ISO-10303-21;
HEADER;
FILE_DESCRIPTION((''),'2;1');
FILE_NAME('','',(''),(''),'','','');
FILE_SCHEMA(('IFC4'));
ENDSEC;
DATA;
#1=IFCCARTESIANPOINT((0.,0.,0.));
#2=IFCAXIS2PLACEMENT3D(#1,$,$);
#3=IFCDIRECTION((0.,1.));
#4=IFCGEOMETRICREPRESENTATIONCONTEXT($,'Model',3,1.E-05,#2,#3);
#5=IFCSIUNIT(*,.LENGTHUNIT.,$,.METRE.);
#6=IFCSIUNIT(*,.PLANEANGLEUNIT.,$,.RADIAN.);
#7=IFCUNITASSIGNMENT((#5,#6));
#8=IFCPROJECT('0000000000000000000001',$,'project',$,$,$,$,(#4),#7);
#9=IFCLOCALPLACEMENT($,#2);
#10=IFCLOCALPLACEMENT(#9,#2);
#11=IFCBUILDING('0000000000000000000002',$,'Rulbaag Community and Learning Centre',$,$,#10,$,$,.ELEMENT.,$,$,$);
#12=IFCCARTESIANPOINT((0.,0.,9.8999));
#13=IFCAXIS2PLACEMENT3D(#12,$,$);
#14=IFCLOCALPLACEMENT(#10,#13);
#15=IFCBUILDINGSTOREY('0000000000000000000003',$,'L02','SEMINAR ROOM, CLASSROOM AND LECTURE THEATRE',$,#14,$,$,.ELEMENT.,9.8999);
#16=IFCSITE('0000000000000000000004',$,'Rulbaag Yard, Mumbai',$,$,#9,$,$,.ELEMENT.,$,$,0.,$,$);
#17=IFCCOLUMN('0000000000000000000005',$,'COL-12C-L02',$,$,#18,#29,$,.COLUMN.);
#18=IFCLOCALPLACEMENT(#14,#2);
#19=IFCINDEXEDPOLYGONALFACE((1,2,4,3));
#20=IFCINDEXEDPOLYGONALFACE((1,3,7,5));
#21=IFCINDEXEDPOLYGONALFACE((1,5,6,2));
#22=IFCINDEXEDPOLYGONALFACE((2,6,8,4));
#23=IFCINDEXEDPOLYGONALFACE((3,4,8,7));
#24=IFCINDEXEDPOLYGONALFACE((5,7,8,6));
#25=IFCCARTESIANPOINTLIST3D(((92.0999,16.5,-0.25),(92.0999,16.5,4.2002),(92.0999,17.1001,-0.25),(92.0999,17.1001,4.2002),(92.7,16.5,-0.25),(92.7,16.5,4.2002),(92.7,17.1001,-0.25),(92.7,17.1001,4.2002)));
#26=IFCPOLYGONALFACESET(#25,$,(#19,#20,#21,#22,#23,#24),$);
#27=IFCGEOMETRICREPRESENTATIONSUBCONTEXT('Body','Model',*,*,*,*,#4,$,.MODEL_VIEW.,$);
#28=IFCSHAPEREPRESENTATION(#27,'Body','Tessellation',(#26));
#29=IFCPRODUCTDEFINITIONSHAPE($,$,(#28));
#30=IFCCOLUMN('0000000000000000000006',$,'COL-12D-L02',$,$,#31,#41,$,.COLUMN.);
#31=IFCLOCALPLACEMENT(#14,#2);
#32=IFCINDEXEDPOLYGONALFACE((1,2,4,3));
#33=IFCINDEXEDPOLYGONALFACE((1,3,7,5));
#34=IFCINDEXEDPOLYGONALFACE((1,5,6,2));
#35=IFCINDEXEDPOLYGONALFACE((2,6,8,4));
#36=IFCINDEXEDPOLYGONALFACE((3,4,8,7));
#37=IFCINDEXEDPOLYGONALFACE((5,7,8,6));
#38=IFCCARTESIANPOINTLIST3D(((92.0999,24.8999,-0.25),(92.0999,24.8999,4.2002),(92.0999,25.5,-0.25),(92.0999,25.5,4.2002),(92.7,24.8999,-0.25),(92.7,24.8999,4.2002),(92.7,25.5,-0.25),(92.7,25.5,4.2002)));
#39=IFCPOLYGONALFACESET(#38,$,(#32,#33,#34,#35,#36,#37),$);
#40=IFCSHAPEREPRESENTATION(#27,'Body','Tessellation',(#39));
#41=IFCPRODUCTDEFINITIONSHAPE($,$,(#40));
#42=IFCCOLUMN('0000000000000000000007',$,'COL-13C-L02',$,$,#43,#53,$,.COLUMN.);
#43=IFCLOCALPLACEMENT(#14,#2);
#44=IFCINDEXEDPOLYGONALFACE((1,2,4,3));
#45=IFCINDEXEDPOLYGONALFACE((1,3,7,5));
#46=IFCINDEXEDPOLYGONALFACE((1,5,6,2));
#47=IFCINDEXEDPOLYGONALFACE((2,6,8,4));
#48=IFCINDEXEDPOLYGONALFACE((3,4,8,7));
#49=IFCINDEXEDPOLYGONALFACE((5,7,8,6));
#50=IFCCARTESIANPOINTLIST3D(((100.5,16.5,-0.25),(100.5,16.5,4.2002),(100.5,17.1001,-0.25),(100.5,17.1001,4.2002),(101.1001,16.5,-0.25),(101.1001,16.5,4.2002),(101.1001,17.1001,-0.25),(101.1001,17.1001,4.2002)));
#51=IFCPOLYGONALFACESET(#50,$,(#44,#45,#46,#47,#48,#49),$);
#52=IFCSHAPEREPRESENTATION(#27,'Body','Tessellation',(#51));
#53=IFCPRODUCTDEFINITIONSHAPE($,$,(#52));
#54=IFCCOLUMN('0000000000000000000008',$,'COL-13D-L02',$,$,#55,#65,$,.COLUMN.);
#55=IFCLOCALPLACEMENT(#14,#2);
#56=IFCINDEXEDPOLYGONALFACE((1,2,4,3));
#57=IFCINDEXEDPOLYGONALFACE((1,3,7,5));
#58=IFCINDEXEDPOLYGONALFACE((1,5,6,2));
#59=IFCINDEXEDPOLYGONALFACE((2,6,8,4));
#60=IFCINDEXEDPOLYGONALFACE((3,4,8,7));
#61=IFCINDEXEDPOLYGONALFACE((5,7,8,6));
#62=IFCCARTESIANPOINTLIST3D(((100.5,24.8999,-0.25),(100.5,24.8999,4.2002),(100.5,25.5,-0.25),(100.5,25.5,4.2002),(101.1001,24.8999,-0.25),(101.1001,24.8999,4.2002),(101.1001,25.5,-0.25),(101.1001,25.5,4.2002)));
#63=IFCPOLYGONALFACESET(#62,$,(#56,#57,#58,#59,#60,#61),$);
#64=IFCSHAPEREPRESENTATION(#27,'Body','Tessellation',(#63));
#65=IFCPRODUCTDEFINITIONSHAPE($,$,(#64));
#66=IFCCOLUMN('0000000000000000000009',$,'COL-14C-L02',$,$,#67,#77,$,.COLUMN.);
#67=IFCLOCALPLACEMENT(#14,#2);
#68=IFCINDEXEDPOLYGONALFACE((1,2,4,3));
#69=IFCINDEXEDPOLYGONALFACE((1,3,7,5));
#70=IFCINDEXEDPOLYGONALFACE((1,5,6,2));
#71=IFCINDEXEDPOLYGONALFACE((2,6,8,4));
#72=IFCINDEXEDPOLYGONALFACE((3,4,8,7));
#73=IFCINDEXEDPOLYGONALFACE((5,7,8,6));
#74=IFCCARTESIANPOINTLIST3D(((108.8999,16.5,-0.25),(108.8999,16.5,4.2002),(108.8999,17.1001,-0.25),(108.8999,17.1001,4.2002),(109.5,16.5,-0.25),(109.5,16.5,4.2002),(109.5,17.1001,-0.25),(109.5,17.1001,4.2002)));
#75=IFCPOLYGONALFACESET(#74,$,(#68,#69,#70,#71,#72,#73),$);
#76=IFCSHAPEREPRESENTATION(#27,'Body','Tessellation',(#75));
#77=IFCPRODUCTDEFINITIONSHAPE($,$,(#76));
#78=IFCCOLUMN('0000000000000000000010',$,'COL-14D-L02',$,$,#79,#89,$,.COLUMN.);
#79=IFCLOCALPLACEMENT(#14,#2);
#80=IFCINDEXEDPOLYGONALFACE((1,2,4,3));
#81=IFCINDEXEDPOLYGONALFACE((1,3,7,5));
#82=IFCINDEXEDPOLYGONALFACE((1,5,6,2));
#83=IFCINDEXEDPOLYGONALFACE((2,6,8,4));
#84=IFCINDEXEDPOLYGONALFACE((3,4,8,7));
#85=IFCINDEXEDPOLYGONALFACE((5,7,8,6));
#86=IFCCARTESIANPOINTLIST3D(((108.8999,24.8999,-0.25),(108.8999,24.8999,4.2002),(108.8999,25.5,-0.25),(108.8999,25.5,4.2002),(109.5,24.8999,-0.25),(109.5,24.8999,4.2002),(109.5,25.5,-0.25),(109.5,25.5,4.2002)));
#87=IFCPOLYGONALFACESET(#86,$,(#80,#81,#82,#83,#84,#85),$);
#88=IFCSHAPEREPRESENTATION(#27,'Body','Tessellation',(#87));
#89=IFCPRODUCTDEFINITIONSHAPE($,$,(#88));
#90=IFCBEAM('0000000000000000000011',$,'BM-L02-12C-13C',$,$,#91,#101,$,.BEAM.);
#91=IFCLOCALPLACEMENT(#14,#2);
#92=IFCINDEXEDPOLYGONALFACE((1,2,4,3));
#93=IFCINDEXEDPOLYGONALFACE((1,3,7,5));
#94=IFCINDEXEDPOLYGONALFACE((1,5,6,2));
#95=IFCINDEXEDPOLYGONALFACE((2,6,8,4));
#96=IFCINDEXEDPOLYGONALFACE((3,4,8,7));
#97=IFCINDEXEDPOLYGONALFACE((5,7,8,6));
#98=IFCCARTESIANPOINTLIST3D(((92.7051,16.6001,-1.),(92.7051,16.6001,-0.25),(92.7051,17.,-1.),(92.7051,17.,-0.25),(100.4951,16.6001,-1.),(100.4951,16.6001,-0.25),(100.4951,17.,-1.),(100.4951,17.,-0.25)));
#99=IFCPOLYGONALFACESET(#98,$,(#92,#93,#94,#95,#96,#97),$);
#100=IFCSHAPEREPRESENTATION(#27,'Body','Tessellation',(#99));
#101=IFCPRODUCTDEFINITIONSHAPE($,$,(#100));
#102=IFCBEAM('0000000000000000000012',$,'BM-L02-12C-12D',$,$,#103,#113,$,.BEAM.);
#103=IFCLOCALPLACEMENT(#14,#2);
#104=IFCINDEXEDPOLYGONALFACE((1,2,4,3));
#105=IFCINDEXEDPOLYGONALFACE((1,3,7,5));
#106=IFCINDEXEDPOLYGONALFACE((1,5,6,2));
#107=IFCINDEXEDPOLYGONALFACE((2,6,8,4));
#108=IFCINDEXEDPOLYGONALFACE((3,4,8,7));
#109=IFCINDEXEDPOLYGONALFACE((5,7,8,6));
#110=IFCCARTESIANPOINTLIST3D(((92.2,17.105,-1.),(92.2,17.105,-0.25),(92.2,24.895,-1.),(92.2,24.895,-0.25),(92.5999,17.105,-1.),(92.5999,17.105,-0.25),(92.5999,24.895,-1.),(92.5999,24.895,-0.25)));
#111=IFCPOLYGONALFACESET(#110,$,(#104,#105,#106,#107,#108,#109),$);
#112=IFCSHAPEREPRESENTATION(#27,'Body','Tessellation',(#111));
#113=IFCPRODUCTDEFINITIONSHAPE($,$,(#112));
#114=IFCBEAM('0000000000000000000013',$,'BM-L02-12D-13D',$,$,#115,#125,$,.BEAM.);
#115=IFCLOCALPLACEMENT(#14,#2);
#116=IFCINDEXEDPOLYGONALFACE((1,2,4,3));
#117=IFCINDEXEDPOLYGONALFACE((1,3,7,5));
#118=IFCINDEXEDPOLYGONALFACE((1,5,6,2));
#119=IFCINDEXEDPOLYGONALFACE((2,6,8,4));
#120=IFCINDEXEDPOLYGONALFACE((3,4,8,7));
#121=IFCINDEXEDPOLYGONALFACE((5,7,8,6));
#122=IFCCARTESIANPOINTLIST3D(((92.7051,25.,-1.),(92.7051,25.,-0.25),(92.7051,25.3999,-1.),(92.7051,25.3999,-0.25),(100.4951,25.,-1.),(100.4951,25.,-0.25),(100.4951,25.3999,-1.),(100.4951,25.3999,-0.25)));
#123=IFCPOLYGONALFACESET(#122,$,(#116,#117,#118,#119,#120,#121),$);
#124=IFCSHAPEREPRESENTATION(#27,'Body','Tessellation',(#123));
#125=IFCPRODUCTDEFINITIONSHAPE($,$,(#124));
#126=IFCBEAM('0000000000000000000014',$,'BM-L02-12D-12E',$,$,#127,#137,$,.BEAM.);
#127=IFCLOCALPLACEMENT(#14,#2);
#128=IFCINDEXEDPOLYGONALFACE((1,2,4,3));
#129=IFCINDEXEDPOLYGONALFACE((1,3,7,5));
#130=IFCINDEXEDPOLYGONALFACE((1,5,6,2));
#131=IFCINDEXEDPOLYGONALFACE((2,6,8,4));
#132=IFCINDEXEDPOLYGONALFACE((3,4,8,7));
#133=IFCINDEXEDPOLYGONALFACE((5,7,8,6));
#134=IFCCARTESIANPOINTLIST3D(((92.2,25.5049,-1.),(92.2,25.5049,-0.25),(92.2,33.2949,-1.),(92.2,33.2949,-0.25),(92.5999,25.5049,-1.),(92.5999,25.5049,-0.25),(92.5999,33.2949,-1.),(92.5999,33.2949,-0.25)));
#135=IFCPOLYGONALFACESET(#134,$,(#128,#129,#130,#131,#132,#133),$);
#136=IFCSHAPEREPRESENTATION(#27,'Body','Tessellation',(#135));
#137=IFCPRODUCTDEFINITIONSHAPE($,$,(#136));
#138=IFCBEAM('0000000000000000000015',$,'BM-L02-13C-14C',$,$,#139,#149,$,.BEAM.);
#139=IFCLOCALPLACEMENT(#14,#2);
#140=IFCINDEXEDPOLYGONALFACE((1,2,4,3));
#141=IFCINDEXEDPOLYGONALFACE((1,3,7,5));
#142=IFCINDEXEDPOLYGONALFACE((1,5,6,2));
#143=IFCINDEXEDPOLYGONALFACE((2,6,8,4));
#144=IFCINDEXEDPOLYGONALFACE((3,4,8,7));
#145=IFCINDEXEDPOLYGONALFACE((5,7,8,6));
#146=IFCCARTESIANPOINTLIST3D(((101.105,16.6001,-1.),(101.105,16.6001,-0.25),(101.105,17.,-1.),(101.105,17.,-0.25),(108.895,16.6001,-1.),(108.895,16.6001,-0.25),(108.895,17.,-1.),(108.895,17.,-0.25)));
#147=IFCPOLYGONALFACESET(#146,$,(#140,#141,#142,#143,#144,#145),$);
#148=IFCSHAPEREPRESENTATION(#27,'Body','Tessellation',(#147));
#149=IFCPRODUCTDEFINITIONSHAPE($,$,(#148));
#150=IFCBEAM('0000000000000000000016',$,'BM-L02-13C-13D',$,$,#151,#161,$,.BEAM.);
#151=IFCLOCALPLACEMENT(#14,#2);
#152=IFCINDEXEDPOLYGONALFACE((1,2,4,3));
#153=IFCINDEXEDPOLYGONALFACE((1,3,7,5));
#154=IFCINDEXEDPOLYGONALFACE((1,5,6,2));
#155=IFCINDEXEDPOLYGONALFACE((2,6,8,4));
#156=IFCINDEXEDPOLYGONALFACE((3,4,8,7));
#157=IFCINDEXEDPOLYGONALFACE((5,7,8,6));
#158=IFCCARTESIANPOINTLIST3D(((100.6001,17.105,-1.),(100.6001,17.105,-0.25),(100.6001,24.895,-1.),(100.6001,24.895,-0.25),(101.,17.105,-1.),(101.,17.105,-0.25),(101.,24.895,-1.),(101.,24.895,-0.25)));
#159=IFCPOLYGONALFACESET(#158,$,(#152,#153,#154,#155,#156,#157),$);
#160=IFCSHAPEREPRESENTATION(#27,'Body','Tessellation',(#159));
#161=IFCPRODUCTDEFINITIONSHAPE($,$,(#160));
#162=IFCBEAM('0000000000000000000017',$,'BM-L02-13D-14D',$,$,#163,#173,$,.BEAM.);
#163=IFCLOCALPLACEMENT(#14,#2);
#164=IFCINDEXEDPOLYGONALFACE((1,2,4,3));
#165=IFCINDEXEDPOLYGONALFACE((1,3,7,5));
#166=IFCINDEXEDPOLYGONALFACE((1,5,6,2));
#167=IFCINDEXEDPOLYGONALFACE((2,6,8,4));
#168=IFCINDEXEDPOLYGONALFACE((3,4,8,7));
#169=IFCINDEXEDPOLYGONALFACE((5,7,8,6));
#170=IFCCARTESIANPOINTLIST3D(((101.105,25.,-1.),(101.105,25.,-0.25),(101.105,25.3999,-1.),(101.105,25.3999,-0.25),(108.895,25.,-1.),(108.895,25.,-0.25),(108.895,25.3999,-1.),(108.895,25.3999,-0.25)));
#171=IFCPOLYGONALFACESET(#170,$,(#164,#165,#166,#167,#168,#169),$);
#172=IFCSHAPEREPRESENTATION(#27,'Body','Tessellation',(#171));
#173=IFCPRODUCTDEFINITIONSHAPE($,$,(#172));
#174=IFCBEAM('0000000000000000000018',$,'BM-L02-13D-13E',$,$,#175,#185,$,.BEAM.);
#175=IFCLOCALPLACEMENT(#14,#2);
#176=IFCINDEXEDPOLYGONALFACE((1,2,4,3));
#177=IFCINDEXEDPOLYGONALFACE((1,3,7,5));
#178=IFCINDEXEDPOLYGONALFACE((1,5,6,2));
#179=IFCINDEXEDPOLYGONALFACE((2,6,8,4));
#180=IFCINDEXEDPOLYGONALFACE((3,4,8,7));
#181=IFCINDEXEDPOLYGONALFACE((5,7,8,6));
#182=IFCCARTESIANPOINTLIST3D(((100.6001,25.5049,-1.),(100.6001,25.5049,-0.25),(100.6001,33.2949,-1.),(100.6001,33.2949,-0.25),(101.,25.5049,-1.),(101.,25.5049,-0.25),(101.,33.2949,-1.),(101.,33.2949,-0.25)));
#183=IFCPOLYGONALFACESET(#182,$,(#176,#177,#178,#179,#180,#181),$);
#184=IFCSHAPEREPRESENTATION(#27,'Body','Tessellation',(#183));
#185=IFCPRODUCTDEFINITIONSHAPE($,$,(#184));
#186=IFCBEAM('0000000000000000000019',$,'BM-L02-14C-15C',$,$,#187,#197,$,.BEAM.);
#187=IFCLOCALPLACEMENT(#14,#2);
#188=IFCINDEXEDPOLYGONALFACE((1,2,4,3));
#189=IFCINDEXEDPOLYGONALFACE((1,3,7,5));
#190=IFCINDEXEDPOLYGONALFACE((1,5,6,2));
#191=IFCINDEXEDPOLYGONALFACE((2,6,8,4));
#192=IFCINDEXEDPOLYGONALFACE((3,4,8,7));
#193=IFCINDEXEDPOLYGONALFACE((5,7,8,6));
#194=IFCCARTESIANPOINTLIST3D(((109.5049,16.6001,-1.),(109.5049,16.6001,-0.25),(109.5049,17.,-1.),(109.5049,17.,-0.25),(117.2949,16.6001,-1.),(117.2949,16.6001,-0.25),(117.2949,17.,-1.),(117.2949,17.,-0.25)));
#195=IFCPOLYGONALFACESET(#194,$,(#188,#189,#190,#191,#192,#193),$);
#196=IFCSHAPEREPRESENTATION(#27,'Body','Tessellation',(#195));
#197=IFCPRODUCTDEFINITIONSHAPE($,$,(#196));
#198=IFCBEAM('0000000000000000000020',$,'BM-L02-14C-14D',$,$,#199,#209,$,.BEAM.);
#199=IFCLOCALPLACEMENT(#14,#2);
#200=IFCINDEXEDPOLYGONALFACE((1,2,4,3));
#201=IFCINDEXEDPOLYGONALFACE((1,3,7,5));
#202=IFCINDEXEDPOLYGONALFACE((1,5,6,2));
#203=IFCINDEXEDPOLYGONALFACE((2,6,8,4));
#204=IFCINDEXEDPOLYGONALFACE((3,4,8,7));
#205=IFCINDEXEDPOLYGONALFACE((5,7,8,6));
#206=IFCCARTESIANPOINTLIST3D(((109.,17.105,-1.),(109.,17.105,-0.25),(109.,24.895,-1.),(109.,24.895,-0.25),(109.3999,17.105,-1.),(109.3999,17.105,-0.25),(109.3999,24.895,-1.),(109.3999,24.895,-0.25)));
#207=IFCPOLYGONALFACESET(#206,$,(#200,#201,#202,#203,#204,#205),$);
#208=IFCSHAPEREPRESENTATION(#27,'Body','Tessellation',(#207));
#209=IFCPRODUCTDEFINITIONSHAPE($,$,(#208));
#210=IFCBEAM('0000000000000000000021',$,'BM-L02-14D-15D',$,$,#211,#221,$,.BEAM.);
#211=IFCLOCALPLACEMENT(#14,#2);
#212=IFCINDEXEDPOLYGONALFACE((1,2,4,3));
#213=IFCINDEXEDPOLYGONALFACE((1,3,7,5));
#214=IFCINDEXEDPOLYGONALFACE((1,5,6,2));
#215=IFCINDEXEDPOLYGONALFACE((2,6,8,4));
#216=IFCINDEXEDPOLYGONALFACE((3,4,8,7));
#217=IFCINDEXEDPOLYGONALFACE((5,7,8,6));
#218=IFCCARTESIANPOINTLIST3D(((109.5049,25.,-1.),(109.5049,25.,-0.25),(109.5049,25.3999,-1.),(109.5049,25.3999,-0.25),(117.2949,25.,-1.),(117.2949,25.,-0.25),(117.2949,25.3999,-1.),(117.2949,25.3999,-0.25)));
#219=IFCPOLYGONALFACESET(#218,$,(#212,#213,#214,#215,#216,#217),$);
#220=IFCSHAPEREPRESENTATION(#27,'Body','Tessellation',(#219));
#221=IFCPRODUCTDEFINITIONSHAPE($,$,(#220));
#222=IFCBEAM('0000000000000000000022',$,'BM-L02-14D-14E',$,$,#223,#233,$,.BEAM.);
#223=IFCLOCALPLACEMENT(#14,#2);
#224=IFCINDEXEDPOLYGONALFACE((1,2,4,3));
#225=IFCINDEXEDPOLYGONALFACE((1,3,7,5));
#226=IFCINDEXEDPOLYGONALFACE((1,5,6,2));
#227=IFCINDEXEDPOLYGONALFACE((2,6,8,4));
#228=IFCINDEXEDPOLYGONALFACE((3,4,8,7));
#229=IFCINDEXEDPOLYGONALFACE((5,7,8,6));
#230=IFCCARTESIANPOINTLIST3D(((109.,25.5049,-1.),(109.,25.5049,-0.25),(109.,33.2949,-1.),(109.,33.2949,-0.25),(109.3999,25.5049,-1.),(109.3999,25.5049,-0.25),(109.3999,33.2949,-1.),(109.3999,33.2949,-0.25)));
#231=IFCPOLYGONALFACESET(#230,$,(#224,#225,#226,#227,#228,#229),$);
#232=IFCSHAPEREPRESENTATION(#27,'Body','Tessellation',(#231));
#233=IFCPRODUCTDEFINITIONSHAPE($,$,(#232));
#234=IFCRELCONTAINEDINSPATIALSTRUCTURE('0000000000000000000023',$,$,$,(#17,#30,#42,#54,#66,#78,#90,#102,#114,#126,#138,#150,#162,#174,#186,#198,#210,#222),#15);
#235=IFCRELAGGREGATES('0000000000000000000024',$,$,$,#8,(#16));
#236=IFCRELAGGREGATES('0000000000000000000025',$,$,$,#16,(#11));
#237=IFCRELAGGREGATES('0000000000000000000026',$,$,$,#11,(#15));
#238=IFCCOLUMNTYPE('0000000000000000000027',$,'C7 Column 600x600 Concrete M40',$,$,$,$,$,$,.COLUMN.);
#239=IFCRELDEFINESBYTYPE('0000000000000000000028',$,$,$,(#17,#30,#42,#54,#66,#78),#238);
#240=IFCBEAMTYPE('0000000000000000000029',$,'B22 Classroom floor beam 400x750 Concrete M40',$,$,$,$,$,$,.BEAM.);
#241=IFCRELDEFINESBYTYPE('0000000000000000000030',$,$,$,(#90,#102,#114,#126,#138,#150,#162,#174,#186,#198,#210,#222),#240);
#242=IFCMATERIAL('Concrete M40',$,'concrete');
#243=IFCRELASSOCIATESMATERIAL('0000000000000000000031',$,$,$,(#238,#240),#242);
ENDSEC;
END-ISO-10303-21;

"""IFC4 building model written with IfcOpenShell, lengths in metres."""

from ifc_helpers import new_model, si_unit, direction, frame, origin, origin_2d, place, context, subcontext, project, spatial, rectangle, extrude, material, material_profile, profile_set, type_object, element, save


model = new_model("IFC4")

# Units and contexts
model_context = context("Model", 3, precision=1e-05, world=origin(), true_north=direction((0.0, 1.0)))
body_context = subcontext(model_context, "Body", "Model", "MODEL_VIEW")
ifc_project = project(units=[si_unit("LENGTHUNIT", "METRE"), si_unit("PLANEANGLEUNIT", "RADIAN")], contexts=[model_context])

# Site, building, storey
site_placement = place(None, origin())
site = spatial("IfcSite", under=ifc_project, at=site_placement, Name="Rulbaag Yard, Mumbai", CompositionType="ELEMENT", RefElevation=0.0)
building_placement = place(site_placement, origin())
building = spatial("IfcBuilding", under=site, at=building_placement, Name="Rulbaag Community and Learning Centre", CompositionType="ELEMENT")
storey_placement = place(building_placement, frame((0.0, 0.0, 9.8999)))
storey = spatial("IfcBuildingStorey", under=building, at=storey_placement, Name="L02", Description="SEMINAR ROOM, CLASSROOM AND LECTURE THEATRE", CompositionType="ELEMENT", Elevation=9.8999)

# Columns
ifc_material_1 = material(Name="Concrete M40", Category="concrete")
ifc_material_profile_1 = material_profile(ifc_material_1, rectangle(XDim=0.6001, YDim=0.6001, at=origin_2d()), Name="RC600x600")
ifc_profile_set_1 = profile_set([ifc_material_profile_1], Name="Concrete M40")
column_type = type_object("IfcColumnType", Name="C7 Column 600x600 Concrete M40", PredefinedType="COLUMN", material=ifc_profile_set_1)
for number, where, z_axis, x_axis, name in (
    (1, (92.3999, 16.8, -0.25), (0.0, 0.0, 1.0), (1.0, 0.0, 0.0), "COL-12C-L02"),
    (2, (92.3999, 25.2, -0.25), (0.0, 0.0, 1.0), (1.0, 0.0, 0.0), "COL-12D-L02"),
    (3, (100.8, 16.8, -0.25), (0.0, 0.0, 1.0), (1.0, 0.0, 0.0), "COL-13C-L02"),
    (4, (100.8, 25.2, -0.25), (0.0, 0.0, 1.0), (1.0, 0.0, 0.0), "COL-13D-L02"),
    (5, (109.2, 16.8, -0.25), (0.0, 0.0, 1.0), (1.0, 0.0, 0.0), "COL-14C-L02"),
    (6, (109.2, 25.2, -0.25), (0.0, 0.0, 1.0), (1.0, 0.0, 0.0), "COL-14D-L02"),
):
    element("IfcColumn", number, at=place(storey_placement, frame(where, z_axis=z_axis, x_axis=x_axis)), inside=storey, type_object=column_type, Name=name, PredefinedType="COLUMN", context=body_context, shape_type="SweptSolid", body=[
        extrude(rectangle(XDim=0.6001, YDim=0.6001, at=origin_2d()), origin(), (0.0, 0.0, 1.0), 4.4502),
    ])

# Beams
ifc_material_profile_2 = material_profile(ifc_material_1, rectangle(XDim=0.3999, YDim=0.75, at=origin_2d()), Name="RB400x750")
ifc_profile_set_2 = profile_set([ifc_material_profile_2], Name="Concrete M40")
beam_type = type_object("IfcBeamType", Name="B22 Classroom floor beam 400x750 Concrete M40", PredefinedType="BEAM", material=ifc_profile_set_2)
for number, where, z_axis, x_axis, name in (
    (7, (92.7051, 16.8, -0.625), (1.0, 0.0, 0.0), (0.0, 1.0, 0.0), "BM-L02-12C-13C"),
    (8, (92.3999, 17.105, -0.625), (0.0, 1.0, 0.0), (-1.0, 0.0, 0.0), "BM-L02-12C-12D"),
    (9, (92.7051, 25.2, -0.625), (1.0, 0.0, 0.0), (0.0, 1.0, 0.0), "BM-L02-12D-13D"),
    (10, (92.3999, 25.5049, -0.625), (0.0, 1.0, 0.0), (-1.0, 0.0, 0.0), "BM-L02-12D-12E"),
    (11, (101.105, 16.8, -0.625), (1.0, 0.0, 0.0), (0.0, 1.0, 0.0), "BM-L02-13C-14C"),
    (12, (100.8, 17.105, -0.625), (0.0, 1.0, 0.0), (-1.0, 0.0, 0.0), "BM-L02-13C-13D"),
    (13, (101.105, 25.2, -0.625), (1.0, 0.0, 0.0), (0.0, 1.0, 0.0), "BM-L02-13D-14D"),
    (14, (100.8, 25.5049, -0.625), (0.0, 1.0, 0.0), (-1.0, 0.0, 0.0), "BM-L02-13D-13E"),
    (15, (109.5049, 16.8, -0.625), (1.0, 0.0, 0.0), (0.0, 1.0, 0.0), "BM-L02-14C-15C"),
    (16, (109.2, 17.105, -0.625), (0.0, 1.0, 0.0), (-1.0, 0.0, 0.0), "BM-L02-14C-14D"),
    (17, (109.5049, 25.2, -0.625), (1.0, 0.0, 0.0), (0.0, 1.0, 0.0), "BM-L02-14D-15D"),
    (18, (109.2, 25.5049, -0.625), (0.0, 1.0, 0.0), (-1.0, 0.0, 0.0), "BM-L02-14D-14E"),
):
    element("IfcBeam", number, at=place(storey_placement, frame(where, z_axis=z_axis, x_axis=x_axis)), inside=storey, type_object=beam_type, Name=name, PredefinedType="BEAM", context=body_context, shape_type="SweptSolid", body=[
        extrude(rectangle(XDim=0.3999, YDim=0.75, at=origin_2d()), origin(), (0.0, 0.0, 1.0), 7.79),
    ])

save(model, "model.ifc")
